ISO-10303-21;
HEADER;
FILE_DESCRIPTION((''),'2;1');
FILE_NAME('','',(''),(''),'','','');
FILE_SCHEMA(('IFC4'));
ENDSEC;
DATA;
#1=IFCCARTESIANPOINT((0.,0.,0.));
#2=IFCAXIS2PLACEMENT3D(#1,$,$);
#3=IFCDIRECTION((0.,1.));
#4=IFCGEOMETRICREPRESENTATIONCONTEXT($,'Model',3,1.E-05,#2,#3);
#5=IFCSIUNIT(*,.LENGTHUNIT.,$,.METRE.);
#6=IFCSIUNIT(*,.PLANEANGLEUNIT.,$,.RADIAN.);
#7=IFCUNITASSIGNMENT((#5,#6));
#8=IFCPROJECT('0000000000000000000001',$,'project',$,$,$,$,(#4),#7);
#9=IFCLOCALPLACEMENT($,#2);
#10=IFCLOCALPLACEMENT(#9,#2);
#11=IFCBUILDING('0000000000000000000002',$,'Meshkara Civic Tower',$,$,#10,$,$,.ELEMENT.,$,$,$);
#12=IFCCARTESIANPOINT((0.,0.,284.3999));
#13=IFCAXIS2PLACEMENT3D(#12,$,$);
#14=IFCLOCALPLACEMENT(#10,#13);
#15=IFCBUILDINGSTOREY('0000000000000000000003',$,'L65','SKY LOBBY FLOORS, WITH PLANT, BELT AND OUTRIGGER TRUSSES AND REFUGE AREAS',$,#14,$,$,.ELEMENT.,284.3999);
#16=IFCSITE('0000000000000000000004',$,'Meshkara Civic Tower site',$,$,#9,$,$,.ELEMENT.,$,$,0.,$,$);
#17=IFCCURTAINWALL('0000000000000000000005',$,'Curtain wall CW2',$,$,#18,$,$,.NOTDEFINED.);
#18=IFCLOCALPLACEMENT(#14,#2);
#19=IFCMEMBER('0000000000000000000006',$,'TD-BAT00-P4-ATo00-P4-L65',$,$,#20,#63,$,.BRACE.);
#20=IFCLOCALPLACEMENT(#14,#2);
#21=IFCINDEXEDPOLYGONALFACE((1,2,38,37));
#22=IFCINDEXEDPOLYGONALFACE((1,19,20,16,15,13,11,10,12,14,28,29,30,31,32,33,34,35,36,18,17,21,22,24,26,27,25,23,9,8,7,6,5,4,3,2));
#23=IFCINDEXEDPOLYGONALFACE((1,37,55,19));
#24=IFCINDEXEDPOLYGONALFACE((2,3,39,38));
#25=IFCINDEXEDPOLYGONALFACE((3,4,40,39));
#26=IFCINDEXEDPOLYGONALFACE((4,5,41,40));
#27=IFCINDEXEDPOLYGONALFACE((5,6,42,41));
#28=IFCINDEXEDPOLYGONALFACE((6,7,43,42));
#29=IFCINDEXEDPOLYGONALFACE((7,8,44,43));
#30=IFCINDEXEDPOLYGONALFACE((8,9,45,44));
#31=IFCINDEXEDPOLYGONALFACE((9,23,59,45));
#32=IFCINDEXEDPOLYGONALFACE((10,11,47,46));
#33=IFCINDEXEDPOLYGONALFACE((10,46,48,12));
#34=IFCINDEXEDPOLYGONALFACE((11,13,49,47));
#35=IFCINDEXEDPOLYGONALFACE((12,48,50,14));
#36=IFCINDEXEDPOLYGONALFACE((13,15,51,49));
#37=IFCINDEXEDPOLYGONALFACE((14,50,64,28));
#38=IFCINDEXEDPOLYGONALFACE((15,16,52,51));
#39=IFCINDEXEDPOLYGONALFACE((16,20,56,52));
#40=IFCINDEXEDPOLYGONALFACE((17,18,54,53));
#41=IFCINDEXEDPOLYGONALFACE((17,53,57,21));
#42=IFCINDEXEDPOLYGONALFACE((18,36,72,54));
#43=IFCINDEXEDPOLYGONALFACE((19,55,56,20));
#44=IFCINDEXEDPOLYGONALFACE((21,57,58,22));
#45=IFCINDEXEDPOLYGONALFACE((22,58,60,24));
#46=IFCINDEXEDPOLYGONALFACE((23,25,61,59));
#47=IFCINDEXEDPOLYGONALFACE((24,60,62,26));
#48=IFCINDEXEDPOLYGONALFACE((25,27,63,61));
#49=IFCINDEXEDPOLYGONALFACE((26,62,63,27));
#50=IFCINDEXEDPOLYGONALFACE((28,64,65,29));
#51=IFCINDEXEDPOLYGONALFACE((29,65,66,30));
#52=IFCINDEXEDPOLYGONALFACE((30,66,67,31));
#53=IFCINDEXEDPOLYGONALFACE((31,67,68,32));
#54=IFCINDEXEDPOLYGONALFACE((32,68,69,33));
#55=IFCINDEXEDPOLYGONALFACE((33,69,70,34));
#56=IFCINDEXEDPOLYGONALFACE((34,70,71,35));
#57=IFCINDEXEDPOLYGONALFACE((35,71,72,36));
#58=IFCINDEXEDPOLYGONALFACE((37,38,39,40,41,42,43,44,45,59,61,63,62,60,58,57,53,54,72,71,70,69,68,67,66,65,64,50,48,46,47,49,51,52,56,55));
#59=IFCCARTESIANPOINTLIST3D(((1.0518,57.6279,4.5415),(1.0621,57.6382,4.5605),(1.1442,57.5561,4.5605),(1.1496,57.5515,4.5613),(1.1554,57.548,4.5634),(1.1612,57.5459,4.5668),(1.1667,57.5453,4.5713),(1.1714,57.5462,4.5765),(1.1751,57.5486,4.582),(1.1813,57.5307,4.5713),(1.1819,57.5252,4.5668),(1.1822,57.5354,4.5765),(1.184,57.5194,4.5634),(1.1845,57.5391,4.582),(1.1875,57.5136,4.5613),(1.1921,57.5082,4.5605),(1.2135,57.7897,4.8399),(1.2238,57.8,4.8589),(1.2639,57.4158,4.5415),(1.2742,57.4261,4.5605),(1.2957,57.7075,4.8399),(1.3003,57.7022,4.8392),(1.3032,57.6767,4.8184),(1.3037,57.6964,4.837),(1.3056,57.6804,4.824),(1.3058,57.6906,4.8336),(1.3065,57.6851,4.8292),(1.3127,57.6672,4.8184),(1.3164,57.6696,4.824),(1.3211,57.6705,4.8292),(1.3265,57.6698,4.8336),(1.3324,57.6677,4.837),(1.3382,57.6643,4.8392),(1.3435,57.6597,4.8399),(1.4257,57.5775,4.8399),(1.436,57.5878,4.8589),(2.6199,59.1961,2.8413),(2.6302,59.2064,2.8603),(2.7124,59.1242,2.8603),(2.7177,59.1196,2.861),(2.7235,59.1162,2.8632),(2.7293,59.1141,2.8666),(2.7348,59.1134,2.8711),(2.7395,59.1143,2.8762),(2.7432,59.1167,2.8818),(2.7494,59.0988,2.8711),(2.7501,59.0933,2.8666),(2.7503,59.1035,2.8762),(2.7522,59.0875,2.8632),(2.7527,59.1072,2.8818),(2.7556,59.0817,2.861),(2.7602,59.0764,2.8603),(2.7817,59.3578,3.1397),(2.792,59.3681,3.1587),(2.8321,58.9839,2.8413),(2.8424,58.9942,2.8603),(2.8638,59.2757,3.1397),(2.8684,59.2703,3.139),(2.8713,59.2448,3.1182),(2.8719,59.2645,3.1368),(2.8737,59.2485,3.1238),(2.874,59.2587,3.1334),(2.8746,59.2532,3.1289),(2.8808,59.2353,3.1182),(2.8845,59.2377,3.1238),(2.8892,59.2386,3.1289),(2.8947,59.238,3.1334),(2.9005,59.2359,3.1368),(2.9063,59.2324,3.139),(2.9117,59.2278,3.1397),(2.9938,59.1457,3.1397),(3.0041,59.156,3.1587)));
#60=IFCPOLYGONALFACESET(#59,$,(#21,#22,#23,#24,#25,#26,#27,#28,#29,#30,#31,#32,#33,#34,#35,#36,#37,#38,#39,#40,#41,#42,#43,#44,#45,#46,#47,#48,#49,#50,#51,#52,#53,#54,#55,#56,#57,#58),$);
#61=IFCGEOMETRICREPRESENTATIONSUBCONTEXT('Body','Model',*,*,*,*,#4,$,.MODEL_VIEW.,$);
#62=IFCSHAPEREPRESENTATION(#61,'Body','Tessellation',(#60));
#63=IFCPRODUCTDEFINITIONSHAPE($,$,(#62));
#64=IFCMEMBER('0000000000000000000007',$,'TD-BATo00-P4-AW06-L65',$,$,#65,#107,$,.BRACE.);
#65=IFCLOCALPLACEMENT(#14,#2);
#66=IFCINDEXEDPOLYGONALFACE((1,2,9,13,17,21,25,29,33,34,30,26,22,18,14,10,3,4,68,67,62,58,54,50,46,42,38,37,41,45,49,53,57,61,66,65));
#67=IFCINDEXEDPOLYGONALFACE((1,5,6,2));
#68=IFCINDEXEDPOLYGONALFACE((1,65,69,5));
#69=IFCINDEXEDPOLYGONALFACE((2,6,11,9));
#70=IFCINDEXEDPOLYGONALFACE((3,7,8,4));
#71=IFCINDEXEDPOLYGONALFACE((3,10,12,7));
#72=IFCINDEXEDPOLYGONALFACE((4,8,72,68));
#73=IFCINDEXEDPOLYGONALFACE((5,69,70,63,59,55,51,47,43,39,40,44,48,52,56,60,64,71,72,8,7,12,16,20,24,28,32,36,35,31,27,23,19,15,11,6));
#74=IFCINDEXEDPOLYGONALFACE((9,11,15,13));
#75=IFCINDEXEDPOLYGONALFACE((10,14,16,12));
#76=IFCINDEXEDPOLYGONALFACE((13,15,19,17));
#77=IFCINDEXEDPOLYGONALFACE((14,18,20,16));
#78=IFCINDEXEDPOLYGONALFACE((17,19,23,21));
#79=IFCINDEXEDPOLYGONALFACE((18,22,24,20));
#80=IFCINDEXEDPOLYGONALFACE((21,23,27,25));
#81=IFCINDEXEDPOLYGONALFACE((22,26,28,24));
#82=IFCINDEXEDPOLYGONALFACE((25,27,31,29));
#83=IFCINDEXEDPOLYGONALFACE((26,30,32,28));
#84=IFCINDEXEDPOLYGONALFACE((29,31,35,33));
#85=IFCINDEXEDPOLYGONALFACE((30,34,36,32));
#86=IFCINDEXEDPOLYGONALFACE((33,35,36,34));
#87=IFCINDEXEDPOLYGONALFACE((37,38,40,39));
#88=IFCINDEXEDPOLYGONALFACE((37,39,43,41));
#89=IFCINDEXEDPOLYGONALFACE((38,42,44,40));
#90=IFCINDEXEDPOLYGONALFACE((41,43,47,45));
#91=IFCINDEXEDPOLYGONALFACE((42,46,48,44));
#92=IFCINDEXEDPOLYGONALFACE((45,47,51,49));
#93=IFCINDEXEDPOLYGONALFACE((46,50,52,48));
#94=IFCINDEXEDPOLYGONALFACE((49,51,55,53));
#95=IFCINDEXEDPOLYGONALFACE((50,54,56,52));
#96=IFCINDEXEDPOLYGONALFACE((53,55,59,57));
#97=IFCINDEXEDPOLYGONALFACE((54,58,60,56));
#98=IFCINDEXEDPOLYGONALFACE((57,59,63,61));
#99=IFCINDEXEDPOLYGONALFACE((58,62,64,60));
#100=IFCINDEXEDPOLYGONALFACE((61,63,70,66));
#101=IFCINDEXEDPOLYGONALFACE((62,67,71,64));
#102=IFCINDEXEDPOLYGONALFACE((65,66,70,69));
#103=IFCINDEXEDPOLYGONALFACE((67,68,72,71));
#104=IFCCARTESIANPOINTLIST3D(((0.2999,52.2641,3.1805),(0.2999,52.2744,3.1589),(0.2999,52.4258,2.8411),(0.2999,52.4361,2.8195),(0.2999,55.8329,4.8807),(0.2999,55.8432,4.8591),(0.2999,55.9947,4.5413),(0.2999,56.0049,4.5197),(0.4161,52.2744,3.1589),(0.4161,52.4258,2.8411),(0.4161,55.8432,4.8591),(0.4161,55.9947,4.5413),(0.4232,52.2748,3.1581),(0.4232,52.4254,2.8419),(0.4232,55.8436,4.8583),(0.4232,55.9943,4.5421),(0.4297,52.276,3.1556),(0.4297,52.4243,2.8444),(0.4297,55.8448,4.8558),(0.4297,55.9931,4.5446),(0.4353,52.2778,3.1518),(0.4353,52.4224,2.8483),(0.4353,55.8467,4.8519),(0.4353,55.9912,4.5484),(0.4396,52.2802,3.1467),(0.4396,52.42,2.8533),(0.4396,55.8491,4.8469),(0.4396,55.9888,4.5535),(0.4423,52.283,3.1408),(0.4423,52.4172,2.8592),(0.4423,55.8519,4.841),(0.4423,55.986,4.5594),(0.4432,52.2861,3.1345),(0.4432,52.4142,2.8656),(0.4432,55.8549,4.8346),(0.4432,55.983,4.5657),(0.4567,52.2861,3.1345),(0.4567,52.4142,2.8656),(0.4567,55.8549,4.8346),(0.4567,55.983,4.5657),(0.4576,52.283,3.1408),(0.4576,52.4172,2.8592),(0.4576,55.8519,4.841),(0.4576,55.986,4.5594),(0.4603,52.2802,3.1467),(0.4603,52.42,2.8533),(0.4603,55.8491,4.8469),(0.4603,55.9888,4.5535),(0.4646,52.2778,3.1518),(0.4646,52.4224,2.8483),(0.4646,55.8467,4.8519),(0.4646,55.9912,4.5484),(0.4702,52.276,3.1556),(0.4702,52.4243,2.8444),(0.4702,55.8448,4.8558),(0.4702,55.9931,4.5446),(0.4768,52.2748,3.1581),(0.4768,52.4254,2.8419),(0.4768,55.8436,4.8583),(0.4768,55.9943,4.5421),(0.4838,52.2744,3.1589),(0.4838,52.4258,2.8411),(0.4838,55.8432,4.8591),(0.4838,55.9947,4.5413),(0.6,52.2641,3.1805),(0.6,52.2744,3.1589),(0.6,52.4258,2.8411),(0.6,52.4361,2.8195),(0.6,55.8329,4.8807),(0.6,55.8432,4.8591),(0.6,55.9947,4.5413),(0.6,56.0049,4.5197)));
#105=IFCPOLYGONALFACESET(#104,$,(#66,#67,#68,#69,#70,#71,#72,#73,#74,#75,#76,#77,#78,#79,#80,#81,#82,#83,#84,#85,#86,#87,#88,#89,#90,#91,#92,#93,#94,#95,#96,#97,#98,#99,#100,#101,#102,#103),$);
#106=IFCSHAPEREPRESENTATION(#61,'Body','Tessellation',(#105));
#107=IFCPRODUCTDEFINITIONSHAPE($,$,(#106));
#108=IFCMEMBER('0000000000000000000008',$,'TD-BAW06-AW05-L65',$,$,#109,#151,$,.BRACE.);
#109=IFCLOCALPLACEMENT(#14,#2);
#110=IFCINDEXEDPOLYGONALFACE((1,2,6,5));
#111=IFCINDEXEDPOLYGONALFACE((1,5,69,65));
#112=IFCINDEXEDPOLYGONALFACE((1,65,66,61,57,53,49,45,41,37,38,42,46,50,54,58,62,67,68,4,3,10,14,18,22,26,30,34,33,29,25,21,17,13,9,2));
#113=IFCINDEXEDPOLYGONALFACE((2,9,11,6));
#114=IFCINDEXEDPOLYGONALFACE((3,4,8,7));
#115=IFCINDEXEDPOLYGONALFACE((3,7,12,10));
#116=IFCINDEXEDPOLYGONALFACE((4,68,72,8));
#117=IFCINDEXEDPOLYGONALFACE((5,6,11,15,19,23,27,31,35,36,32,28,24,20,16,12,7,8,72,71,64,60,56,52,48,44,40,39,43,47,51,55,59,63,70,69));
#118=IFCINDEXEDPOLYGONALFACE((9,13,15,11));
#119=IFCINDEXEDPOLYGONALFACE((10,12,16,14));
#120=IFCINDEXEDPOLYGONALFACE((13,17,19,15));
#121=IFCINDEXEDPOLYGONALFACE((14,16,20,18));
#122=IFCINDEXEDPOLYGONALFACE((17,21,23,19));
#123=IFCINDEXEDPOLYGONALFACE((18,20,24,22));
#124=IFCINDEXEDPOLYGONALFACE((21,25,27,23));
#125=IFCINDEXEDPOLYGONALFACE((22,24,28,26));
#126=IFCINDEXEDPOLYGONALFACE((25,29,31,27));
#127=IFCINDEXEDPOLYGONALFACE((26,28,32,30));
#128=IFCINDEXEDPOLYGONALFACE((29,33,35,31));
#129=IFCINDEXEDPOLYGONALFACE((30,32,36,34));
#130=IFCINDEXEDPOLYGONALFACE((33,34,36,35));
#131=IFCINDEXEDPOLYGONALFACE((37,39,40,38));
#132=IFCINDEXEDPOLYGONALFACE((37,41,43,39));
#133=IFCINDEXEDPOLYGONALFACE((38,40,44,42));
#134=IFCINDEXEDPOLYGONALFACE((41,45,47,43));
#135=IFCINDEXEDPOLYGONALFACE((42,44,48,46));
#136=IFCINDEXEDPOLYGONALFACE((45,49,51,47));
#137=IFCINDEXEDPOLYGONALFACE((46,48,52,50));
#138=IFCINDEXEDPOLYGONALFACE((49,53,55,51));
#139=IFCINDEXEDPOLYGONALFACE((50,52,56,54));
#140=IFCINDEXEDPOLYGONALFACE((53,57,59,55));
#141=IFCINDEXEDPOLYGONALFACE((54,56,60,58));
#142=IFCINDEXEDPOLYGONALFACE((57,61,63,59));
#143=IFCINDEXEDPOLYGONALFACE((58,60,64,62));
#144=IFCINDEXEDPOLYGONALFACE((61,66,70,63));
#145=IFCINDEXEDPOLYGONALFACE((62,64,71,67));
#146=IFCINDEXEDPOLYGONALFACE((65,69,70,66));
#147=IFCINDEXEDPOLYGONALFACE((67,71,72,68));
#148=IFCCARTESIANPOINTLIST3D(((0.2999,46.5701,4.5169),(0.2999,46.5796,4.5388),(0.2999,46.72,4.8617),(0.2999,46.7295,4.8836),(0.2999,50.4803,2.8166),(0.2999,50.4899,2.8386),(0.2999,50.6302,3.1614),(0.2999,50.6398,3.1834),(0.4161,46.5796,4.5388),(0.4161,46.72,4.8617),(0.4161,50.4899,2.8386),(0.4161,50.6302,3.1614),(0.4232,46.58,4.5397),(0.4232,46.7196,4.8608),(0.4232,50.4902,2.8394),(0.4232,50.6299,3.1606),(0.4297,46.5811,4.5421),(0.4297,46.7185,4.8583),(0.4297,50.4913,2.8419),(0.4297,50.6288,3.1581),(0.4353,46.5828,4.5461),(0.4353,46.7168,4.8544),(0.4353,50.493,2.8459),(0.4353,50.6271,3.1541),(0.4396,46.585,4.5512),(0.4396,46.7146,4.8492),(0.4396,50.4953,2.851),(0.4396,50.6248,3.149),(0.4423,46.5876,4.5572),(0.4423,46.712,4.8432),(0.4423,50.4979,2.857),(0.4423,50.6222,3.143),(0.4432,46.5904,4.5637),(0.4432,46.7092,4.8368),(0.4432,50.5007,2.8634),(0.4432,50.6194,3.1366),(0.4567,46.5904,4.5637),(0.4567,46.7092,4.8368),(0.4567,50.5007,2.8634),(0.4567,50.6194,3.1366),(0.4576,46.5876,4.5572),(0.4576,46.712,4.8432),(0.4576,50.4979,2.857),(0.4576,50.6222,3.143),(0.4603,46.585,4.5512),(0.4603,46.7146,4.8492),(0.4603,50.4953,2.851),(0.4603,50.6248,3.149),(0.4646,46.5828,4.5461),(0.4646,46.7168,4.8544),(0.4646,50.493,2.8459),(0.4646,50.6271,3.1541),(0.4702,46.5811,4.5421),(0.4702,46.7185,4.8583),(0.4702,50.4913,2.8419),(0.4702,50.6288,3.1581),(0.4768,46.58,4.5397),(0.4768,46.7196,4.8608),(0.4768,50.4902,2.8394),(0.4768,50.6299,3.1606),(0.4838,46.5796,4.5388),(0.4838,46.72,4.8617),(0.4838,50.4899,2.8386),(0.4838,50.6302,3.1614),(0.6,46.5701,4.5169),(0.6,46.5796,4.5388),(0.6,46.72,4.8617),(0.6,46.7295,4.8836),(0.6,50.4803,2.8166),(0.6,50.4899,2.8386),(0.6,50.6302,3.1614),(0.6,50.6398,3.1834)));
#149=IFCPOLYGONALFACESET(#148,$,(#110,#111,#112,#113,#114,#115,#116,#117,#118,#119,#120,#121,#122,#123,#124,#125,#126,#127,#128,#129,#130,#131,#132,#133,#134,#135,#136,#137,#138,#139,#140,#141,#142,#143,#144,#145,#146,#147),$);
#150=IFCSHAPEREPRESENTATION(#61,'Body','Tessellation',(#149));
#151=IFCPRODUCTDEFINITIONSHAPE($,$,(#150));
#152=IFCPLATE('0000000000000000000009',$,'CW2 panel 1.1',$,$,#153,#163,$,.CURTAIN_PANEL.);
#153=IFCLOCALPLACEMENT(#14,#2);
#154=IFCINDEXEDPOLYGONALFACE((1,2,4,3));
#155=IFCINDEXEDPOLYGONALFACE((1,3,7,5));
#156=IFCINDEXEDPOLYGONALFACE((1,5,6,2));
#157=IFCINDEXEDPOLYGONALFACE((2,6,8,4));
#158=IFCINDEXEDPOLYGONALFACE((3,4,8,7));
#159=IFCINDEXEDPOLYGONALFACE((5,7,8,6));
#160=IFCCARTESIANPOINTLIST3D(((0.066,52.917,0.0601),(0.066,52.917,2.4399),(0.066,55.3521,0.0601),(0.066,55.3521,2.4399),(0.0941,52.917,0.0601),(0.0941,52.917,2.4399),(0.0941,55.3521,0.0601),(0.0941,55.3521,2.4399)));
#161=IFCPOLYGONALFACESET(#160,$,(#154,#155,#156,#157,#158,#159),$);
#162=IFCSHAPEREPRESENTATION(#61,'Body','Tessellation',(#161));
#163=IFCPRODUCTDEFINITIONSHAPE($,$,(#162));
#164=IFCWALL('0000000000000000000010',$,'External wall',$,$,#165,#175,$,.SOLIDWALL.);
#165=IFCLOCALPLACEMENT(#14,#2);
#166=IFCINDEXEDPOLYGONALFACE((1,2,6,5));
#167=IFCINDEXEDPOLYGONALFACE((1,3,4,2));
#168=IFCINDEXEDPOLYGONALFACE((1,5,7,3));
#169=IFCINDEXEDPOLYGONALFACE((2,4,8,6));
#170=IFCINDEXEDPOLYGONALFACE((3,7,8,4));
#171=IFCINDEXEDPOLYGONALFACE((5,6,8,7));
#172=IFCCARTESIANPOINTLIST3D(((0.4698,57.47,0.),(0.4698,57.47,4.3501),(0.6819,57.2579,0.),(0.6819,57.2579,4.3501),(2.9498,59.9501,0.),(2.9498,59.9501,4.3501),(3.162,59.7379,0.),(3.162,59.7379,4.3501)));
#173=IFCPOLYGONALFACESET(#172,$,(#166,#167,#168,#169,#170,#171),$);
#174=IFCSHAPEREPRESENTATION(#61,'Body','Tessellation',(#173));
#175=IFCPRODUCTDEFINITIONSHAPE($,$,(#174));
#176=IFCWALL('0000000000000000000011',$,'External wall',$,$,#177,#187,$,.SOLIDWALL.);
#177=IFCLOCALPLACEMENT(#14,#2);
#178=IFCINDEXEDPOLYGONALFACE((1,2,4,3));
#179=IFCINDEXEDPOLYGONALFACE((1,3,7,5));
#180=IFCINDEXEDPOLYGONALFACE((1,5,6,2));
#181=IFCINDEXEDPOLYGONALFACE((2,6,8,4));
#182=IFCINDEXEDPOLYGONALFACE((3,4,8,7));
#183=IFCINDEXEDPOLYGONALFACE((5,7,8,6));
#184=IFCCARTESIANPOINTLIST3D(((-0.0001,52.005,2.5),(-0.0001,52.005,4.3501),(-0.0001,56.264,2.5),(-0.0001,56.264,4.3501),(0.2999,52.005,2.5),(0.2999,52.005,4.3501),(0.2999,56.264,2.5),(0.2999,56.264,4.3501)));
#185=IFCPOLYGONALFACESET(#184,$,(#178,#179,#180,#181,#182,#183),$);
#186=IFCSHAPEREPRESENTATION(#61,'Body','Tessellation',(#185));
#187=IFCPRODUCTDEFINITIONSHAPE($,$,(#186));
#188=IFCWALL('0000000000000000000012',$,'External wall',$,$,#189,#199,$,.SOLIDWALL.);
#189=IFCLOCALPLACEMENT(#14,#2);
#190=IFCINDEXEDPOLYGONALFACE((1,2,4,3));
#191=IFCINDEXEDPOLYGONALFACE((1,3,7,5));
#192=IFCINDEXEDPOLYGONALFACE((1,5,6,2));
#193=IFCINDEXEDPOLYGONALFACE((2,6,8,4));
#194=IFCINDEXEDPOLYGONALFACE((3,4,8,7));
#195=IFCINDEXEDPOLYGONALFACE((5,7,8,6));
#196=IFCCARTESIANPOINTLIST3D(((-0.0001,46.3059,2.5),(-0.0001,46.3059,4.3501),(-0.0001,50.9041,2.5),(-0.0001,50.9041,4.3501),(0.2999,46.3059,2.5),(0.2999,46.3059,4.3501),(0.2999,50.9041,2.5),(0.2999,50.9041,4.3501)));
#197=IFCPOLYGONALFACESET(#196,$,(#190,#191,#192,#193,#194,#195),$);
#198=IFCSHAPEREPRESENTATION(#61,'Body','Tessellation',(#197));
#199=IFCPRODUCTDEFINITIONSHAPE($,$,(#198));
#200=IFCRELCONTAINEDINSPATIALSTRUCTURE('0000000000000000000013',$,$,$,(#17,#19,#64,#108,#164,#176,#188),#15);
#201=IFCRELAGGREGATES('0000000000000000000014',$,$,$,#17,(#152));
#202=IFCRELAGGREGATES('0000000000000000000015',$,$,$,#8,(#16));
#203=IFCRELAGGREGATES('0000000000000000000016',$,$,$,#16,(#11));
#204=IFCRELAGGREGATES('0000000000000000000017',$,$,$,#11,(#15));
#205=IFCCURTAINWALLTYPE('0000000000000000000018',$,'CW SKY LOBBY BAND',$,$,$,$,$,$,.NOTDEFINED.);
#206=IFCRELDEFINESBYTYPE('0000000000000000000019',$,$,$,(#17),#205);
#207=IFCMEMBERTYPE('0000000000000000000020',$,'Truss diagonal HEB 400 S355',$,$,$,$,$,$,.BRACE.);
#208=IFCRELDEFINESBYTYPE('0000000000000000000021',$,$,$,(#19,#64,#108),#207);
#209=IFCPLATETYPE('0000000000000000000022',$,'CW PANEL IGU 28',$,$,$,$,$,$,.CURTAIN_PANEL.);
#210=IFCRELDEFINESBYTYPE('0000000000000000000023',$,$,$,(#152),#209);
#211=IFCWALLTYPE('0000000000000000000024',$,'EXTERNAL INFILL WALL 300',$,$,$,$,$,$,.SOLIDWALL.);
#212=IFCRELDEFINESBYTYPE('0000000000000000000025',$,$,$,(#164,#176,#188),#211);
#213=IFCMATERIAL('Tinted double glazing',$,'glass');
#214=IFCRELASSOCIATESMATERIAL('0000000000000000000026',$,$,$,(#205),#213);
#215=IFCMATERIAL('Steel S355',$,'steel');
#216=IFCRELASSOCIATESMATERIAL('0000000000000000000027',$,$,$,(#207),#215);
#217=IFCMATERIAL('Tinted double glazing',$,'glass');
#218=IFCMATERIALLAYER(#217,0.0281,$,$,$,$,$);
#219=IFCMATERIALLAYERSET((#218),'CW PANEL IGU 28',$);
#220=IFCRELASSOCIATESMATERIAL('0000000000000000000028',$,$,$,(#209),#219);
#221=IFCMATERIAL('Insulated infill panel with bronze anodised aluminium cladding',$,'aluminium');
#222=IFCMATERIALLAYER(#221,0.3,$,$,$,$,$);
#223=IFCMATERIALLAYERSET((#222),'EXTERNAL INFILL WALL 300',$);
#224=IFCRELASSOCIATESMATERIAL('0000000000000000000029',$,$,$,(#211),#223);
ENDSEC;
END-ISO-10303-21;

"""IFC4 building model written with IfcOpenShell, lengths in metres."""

from ifc_helpers import new_model, si_unit, direction, frame, frame_2d, origin, origin_2d, place, context, subcontext, project, spatial, rectangle, i_section, extrude, material, layer, layer_set, material_profile, profile_set, type_object, element, aggregate, save


model = new_model("IFC4")

# Units and contexts
model_context = context("Model", 3, precision=1e-05, world=origin(), true_north=direction((0.0, 1.0)))
body_context = subcontext(model_context, "Body", "Model", "MODEL_VIEW")
ifc_project = project(units=[si_unit("LENGTHUNIT", "METRE"), si_unit("PLANEANGLEUNIT", "RADIAN")], contexts=[model_context])

# Site, building, storey
site_placement = place(None, origin())
site = spatial("IfcSite", under=ifc_project, at=site_placement, Name="Meshkara Civic Tower site", CompositionType="ELEMENT", RefElevation=0.0)
building_placement = place(site_placement, origin())
building = spatial("IfcBuilding", under=site, at=building_placement, Name="Meshkara Civic Tower", CompositionType="ELEMENT")
storey_placement = place(building_placement, frame((0.0, 0.0, 284.3999)))
storey = spatial("IfcBuildingStorey", under=building, at=storey_placement, Name="L65", Description="SKY LOBBY FLOORS, WITH PLANT, BELT AND OUTRIGGER TRUSSES AND REFUGE AREAS", CompositionType="ELEMENT", Elevation=284.3999)

# Curtain wall
ifc_material_1 = material(Name="Tinted double glazing", Category="glass")
curtain_wall_type = type_object("IfcCurtainWallType", Name="CW SKY LOBBY BAND", PredefinedType="NOTDEFINED", material=ifc_material_1)
curtain_wall_placement = place(storey_placement, origin())
curtain_wall = element("IfcCurtainWall", 1, at=curtain_wall_placement, inside=storey, type_object=curtain_wall_type, Name="Curtain wall CW2", PredefinedType="NOTDEFINED")

# Members
ifc_material_2 = material(Name="Steel S355", Category="steel")
ifc_material_profile_1 = material_profile(ifc_material_2, i_section(OverallWidth=0.3, OverallDepth=0.3999, WebThickness=0.0134, FlangeThickness=0.0239, FilletRadius=0.0271, at=origin_2d()))
ifc_profile_set_1 = profile_set([ifc_material_profile_1], Name="Steel S355")
member_type_1 = type_object("IfcMemberType", Name="Truss diagonal HEB 400 S355", PredefinedType="BRACE", material=ifc_profile_set_1)
member_1_placement = place(storey_placement, frame((2.812, 59.176, 3.0), z_axis=(-0.561165, -0.561165, 0.608431), x_axis=(0.707107, -0.707107, 0.0)))
element("IfcMember", 2, at=member_1_placement, inside=storey, type_object=member_type_1, Name="TD-BAT00-P4-ATo00-P4-L65", PredefinedType="BRACE", context=body_context, shape_type="SweptSolid", body=[
    extrude(i_section(OverallWidth=0.3, OverallDepth=0.3999, WebThickness=0.0134, FlangeThickness=0.0239, FilletRadius=0.0271, at=origin_2d()), origin(), (0.0, 0.0, 1.0), 2.7944),
])
member_2_placement = place(storey_placement, frame((0.45, 55.9189, 4.7002), z_axis=(0.0, -0.902787, -0.430087), x_axis=(1.0, 0.0, 0.0)))
element("IfcMember", 3, at=member_2_placement, inside=storey, type_object=member_type_1, Name="TD-BATo00-P4-AW06-L65", PredefinedType="BRACE", context=body_context, shape_type="SweptSolid", body=[
    extrude(i_section(OverallWidth=0.3, OverallDepth=0.3999, WebThickness=0.0134, FlangeThickness=0.0239, FilletRadius=0.0271, at=origin_2d()), origin(), (0.0, 0.0, 1.0), 3.9531),
])
member_3_placement = place(storey_placement, frame((0.45, 50.5601, 3.0), z_axis=(0.0, -0.917059, 0.398751), x_axis=(1.0, 0.0, 0.0)))
element("IfcMember", 4, at=member_3_placement, inside=storey, type_object=member_type_1, Name="TD-BAW06-AW05-L65", PredefinedType="BRACE", context=body_context, shape_type="SweptSolid", body=[
    extrude(i_section(OverallWidth=0.3, OverallDepth=0.3999, WebThickness=0.0134, FlangeThickness=0.0239, FilletRadius=0.0271, at=origin_2d()), origin(), (0.0, 0.0, 1.0), 4.2639),
])

# Plate
ifc_material_3 = material(Name="Tinted double glazing", Category="glass")
ifc_layer_1 = layer(ifc_material_3, 0.0281)
ifc_layer_set_1 = layer_set([ifc_layer_1], Name="CW PANEL IGU 28")
plate_type = type_object("IfcPlateType", Name="CW PANEL IGU 28", PredefinedType="CURTAIN_PANEL", material=ifc_layer_set_1)
plate_placement = place(storey_placement, frame((0.0801, 54.1345, 0.0601), z_axis=(0.0, 0.0, 1.0), x_axis=(0.0, -1.0, 0.0)))
plate = element("IfcPlate", 5, at=plate_placement, type_object=plate_type, Name="CW2 panel 1.1", PredefinedType="CURTAIN_PANEL", context=body_context, shape_type="SweptSolid", body=[
    extrude(rectangle(XDim=2.4351, YDim=0.0281, at=origin_2d()), origin(), (0.0, 0.0, 1.0), 2.3799),
])
aggregate(curtain_wall, [plate])

# Shared definitions
ifc_material_4 = material(Name="Insulated infill panel with bronze anodised aluminium cladding", Category="aluminium")
ifc_layer_2 = layer(ifc_material_4, 0.3)
ifc_layer_set_2 = layer_set([ifc_layer_2], Name="EXTERNAL INFILL WALL 300")
wall_type_1 = type_object("IfcWallType", Name="EXTERNAL INFILL WALL 300", PredefinedType="SOLIDWALL", material=ifc_layer_set_2)

# Walls
wall_1_placement = place(storey_placement, frame((3.0559, 59.844, 0.0), z_axis=(0.0, 0.0, 1.0), x_axis=(-0.707107, -0.707107, 0.0)))
element("IfcWall", 6, at=wall_1_placement, inside=storey, type_object=wall_type_1, Name="External wall", PredefinedType="SOLIDWALL", context=body_context, shape_type="SweptSolid", body=[
    extrude(rectangle(XDim=3.5073, YDim=0.3, at=frame_2d((1.7537, 0.0))), origin(), (0.0, 0.0, 1.0), 4.3501),
])
wall_2_placement = place(storey_placement, frame((0.1499, 56.2639, 2.5), z_axis=(0.0, 0.0, 1.0), x_axis=(0.0, -1.0, 0.0)))
element("IfcWall", 7, at=wall_2_placement, inside=storey, type_object=wall_type_1, Name="External wall", PredefinedType="SOLIDWALL", context=body_context, shape_type="SweptSolid", body=[
    extrude(rectangle(XDim=4.259, YDim=0.3, at=frame_2d((2.1294, 0.0))), origin(), (0.0, 0.0, 1.0), 1.8501),
])
wall_3_placement = place(storey_placement, frame((0.1499, 50.9041, 2.5), z_axis=(0.0, 0.0, 1.0), x_axis=(0.0, -1.0, 0.0)))
element("IfcWall", 8, at=wall_3_placement, inside=storey, type_object=wall_type_1, Name="External wall", PredefinedType="SOLIDWALL", context=body_context, shape_type="SweptSolid", body=[
    extrude(rectangle(XDim=4.5981, YDim=0.3, at=frame_2d((2.2991, 0.0))), origin(), (0.0, 0.0, 1.0), 1.8501),
])

save(model, "model.ifc")
